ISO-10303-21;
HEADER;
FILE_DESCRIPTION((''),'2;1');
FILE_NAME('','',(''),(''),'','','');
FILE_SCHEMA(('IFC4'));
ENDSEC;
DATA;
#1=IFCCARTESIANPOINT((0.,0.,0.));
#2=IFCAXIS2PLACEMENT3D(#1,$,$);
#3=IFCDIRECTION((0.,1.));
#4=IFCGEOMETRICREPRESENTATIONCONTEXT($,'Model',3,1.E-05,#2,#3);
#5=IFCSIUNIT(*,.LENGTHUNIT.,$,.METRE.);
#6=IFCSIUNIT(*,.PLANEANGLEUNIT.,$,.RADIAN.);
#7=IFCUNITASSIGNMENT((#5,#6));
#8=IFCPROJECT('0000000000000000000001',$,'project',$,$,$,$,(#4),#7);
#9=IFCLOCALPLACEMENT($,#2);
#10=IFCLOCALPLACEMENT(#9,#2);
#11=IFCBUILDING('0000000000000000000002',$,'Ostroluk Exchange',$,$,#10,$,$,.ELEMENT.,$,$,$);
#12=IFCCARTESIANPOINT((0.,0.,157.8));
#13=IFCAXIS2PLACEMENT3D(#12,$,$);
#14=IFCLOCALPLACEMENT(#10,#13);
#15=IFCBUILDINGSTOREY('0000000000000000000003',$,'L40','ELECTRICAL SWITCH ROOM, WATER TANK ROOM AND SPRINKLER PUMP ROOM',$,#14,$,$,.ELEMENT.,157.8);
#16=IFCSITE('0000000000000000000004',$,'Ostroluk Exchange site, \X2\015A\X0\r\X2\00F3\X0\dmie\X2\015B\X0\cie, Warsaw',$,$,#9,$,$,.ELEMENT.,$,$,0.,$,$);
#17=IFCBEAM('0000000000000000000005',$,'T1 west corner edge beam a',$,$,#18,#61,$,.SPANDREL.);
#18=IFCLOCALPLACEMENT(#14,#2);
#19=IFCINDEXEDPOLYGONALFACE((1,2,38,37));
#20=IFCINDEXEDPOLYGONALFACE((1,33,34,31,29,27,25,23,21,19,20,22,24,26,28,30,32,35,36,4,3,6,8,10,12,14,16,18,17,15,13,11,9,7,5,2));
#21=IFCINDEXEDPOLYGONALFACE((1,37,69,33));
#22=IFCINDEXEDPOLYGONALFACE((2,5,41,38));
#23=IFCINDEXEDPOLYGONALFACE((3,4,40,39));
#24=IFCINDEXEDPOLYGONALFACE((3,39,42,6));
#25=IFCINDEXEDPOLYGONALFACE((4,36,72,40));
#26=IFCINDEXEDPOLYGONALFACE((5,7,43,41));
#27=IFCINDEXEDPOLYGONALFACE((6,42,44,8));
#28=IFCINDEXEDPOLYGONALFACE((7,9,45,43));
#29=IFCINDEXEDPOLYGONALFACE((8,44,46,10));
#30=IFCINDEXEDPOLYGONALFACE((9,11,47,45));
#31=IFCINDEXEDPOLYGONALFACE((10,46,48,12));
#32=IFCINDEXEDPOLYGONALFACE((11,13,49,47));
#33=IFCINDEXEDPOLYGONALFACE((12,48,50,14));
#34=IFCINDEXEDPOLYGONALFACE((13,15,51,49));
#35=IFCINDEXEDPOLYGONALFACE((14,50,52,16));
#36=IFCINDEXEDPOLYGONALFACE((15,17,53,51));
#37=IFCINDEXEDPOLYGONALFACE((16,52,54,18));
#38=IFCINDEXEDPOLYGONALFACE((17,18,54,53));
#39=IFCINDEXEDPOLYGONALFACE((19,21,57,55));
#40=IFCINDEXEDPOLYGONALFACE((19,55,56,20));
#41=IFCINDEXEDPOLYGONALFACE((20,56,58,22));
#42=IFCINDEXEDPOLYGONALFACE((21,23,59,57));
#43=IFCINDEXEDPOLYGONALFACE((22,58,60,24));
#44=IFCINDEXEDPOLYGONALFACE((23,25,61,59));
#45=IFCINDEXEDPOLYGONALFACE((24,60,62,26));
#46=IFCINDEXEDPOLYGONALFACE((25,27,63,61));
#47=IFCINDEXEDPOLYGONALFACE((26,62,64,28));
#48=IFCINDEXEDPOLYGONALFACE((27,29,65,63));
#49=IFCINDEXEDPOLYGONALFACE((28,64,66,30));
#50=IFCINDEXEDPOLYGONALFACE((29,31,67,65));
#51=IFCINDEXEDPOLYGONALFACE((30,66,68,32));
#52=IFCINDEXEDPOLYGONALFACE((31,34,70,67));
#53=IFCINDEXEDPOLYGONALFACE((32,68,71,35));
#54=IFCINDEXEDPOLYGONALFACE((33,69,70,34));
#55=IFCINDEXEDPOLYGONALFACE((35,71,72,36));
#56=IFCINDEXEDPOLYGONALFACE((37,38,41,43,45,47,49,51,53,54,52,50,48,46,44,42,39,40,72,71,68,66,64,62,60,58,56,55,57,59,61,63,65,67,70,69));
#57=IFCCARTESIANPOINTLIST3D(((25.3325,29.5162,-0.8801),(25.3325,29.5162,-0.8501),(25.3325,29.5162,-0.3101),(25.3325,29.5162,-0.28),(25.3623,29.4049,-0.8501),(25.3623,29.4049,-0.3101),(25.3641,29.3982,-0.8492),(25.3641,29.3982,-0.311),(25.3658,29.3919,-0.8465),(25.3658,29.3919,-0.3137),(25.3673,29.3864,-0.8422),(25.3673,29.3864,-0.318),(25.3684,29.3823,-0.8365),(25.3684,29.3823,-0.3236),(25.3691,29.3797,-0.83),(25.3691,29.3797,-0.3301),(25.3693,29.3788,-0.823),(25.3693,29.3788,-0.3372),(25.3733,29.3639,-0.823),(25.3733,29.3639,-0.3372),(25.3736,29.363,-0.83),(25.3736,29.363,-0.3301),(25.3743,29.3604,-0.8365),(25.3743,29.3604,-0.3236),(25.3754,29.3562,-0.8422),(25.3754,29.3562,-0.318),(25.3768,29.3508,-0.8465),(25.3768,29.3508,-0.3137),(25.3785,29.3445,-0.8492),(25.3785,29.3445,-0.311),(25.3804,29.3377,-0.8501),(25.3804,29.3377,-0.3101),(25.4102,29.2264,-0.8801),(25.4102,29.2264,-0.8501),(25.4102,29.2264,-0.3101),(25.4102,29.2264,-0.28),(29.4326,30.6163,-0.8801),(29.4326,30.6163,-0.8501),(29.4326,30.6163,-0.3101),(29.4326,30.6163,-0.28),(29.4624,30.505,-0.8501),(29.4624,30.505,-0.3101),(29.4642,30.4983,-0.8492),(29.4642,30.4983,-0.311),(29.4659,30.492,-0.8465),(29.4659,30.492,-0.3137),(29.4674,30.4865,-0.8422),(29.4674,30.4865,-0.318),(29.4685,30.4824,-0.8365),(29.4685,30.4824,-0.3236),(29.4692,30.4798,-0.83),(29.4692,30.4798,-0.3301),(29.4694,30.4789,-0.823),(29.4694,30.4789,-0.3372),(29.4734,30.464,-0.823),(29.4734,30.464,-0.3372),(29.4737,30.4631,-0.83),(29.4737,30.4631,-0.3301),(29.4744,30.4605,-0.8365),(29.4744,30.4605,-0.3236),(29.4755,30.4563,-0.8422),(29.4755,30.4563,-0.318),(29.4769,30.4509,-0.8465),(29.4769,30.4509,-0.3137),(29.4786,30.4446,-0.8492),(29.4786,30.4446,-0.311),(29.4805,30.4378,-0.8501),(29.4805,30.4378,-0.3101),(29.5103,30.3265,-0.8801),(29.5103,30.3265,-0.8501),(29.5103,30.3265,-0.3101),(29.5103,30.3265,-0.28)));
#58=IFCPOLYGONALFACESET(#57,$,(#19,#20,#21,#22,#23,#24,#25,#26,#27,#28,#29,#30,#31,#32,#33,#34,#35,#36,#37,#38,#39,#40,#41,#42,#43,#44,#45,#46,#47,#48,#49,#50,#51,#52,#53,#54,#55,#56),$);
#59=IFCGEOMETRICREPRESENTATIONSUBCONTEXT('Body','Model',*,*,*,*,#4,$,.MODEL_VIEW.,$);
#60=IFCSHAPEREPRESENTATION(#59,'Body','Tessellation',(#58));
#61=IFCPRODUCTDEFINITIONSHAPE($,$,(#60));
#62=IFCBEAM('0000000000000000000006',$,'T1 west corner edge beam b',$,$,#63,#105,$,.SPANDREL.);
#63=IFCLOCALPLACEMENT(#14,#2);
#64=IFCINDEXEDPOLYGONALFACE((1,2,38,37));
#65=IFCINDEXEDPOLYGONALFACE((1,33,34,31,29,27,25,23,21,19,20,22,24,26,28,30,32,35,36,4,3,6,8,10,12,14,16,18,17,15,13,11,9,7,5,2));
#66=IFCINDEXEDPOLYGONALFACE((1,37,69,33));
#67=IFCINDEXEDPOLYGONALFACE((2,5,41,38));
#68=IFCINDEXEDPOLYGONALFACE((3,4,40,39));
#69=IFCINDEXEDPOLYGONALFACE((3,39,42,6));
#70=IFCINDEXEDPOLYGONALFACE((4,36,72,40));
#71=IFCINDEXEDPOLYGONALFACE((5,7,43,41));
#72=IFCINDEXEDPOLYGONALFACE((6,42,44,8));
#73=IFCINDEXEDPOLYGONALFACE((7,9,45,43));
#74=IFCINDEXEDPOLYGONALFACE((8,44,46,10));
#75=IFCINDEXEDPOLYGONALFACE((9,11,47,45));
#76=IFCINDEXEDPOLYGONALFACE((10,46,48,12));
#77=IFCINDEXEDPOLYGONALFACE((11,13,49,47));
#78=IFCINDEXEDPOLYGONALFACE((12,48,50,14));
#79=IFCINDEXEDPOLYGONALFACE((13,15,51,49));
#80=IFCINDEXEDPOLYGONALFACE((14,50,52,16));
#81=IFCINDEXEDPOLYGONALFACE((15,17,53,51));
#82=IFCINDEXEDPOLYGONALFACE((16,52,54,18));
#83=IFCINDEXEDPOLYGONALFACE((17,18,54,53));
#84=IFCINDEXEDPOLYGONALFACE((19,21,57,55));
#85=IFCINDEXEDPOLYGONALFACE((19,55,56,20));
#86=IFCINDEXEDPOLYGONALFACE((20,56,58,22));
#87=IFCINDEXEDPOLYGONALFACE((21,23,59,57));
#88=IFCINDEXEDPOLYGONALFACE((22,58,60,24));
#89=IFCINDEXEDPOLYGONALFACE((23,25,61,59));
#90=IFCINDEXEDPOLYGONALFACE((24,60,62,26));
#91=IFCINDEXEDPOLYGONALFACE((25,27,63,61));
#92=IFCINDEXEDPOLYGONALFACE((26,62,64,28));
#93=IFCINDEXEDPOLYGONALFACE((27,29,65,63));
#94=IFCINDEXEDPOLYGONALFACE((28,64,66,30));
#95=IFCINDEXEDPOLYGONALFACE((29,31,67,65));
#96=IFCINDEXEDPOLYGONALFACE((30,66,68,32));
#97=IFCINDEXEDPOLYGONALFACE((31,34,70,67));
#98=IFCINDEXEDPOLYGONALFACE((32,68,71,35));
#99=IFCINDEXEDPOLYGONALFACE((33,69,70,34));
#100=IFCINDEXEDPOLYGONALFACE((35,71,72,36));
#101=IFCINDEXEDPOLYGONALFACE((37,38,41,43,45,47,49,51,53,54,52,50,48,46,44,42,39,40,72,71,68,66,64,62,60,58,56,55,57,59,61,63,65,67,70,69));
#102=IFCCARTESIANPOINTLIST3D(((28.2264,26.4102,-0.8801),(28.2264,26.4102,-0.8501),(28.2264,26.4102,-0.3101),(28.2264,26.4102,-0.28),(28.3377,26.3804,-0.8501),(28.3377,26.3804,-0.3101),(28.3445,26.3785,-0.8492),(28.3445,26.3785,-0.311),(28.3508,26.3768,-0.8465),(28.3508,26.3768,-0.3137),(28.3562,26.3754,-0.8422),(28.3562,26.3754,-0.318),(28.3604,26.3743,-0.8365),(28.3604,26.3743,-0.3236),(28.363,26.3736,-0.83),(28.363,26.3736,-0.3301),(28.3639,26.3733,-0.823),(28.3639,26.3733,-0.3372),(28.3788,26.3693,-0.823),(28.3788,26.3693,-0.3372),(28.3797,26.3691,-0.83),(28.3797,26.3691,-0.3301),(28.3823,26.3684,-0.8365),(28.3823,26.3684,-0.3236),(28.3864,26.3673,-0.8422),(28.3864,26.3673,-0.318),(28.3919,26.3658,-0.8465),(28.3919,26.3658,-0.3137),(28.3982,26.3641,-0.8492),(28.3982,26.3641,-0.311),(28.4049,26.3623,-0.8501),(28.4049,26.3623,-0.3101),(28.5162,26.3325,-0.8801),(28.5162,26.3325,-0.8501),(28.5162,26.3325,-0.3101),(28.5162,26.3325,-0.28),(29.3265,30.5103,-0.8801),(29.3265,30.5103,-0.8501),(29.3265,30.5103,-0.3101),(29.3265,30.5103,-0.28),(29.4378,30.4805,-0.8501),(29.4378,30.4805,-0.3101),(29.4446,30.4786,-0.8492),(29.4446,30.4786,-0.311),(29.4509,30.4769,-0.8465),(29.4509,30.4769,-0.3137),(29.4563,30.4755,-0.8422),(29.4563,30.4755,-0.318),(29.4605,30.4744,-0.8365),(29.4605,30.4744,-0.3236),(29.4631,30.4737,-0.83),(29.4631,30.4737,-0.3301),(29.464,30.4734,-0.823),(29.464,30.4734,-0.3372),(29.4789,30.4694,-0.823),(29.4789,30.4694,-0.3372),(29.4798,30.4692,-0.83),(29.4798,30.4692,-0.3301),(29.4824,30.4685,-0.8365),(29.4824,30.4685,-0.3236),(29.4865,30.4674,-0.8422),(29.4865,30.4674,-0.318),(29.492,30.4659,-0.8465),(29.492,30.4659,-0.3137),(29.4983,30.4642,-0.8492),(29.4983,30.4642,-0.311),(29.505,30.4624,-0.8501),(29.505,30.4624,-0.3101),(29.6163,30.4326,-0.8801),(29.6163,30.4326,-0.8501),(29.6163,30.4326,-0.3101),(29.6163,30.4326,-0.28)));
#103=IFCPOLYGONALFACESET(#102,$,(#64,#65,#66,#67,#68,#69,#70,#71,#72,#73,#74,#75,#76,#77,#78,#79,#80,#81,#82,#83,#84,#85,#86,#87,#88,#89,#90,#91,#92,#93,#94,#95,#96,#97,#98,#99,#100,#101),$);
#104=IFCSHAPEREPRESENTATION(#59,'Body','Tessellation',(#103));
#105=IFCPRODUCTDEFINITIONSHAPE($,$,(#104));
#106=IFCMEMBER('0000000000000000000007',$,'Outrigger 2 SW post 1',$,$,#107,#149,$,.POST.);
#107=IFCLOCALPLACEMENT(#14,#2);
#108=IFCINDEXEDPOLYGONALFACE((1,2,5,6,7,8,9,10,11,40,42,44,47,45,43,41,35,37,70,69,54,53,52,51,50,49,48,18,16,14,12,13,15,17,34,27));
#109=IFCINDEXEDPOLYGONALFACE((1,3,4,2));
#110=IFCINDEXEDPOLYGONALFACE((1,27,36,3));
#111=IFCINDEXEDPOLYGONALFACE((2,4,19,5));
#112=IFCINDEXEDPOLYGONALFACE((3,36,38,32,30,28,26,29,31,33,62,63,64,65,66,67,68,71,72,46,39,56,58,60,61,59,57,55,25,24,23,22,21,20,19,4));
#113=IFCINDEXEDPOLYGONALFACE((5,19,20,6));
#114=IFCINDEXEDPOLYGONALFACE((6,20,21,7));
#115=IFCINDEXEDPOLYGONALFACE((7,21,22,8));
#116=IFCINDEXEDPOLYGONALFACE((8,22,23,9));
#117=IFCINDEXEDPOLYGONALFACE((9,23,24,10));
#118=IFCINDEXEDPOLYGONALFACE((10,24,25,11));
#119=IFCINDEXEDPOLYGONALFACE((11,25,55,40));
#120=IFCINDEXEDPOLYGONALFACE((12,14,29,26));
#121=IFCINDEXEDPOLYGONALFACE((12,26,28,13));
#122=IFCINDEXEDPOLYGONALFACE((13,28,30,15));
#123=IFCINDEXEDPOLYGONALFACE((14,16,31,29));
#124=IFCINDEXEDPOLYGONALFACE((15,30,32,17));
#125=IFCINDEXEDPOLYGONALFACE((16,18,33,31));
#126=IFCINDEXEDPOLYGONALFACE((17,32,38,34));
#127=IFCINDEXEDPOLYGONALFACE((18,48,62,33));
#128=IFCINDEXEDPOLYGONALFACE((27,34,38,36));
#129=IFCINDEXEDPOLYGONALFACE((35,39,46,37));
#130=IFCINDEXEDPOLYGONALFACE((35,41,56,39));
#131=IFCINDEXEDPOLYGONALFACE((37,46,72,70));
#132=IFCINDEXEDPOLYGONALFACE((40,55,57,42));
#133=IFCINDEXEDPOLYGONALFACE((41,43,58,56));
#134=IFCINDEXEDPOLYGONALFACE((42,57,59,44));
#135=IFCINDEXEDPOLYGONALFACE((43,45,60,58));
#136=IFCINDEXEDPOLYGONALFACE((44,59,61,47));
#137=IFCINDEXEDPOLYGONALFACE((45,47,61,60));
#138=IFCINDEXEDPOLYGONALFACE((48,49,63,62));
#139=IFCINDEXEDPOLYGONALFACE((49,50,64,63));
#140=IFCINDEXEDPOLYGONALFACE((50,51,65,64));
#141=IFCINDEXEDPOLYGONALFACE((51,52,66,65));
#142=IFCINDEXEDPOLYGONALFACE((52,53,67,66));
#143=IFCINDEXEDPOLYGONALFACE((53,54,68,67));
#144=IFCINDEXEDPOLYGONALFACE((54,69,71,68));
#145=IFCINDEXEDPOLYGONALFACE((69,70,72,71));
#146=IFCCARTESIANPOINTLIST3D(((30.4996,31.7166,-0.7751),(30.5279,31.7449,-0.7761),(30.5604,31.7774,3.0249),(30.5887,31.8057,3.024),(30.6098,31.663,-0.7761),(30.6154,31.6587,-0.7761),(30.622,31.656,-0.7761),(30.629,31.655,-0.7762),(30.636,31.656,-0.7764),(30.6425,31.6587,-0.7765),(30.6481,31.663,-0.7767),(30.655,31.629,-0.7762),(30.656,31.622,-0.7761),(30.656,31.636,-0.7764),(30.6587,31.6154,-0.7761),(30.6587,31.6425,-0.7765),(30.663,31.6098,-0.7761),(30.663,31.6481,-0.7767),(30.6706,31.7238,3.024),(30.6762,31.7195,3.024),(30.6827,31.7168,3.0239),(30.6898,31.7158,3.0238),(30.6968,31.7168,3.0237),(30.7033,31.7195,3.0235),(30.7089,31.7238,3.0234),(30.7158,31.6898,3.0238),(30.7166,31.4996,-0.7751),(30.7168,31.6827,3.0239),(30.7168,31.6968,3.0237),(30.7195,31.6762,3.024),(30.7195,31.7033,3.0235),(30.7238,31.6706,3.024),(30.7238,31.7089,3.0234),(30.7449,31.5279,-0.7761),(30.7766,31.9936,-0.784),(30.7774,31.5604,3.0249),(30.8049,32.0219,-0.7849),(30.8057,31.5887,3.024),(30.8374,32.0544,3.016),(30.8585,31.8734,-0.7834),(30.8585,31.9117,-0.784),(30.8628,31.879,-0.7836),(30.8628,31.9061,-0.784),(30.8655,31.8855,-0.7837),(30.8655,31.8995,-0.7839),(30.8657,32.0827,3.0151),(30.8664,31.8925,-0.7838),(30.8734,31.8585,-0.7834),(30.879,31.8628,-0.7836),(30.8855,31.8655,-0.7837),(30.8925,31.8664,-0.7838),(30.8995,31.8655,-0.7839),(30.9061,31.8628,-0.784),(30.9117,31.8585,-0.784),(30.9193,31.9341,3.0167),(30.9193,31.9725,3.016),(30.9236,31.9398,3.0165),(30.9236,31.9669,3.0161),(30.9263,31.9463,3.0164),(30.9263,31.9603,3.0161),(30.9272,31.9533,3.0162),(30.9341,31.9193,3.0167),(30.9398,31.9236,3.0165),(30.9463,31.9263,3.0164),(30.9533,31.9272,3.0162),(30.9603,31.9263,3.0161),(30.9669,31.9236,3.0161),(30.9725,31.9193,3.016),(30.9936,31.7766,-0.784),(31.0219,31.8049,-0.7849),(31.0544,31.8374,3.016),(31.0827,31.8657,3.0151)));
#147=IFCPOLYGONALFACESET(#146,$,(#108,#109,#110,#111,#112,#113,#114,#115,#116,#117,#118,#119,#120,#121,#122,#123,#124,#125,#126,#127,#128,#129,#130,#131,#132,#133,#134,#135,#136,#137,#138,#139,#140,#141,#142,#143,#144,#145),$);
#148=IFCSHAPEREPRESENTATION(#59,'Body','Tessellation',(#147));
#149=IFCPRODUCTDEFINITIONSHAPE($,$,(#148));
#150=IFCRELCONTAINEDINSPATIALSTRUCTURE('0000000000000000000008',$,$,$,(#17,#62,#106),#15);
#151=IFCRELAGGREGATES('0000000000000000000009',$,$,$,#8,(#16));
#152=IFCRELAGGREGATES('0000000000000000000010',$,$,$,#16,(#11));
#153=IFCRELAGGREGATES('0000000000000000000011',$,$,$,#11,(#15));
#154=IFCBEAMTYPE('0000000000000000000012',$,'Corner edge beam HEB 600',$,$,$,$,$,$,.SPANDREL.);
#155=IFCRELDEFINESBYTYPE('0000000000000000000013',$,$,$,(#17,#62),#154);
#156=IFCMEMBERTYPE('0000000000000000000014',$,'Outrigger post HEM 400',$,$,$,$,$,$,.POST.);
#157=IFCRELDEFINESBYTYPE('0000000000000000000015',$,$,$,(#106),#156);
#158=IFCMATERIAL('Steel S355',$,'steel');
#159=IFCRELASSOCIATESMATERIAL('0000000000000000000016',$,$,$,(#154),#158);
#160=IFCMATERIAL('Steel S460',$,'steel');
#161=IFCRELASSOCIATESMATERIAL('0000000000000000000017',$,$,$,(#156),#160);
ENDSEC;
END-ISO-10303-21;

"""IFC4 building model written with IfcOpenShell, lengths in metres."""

from ifc_helpers import new_model, si_unit, direction, frame, origin, origin_2d, place, context, subcontext, project, spatial, i_section, extrude, material, material_profile, profile_set, type_object, element, save


model = new_model("IFC4")

# Units and contexts
model_context = context("Model", 3, precision=1e-05, world=origin(), true_north=direction((0.0, 1.0)))
body_context = subcontext(model_context, "Body", "Model", "MODEL_VIEW")
ifc_project = project(units=[si_unit("LENGTHUNIT", "METRE"), si_unit("PLANEANGLEUNIT", "RADIAN")], contexts=[model_context])

# Site, building, storey
site_placement = place(None, origin())
site = spatial("IfcSite", under=ifc_project, at=site_placement, Name="Ostroluk Exchange site, Śródmieście, Warsaw", CompositionType="ELEMENT", RefElevation=0.0)
building_placement = place(site_placement, origin())
building = spatial("IfcBuilding", under=site, at=building_placement, Name="Ostroluk Exchange", CompositionType="ELEMENT")
storey_placement = place(building_placement, frame((0.0, 0.0, 157.8)))
storey = spatial("IfcBuildingStorey", under=building, at=storey_placement, Name="L40", Description="ELECTRICAL SWITCH ROOM, WATER TANK ROOM AND SPRINKLER PUMP ROOM", CompositionType="ELEMENT", Elevation=157.8)

# Beams
ifc_material_1 = material(Name="Steel S355", Category="steel")
ifc_material_profile_1 = material_profile(ifc_material_1, i_section(OverallWidth=0.3, OverallDepth=0.6001, WebThickness=0.0154, FlangeThickness=0.03, FilletRadius=0.0271, at=origin_2d()), Name="HEB 600")
ifc_profile_set_1 = profile_set([ifc_material_profile_1], Name="Steel S355")
beam_type_1 = type_object("IfcBeamType", Name="Corner edge beam HEB 600", PredefinedType="SPANDREL", material=ifc_profile_set_1)
for number, where, z_axis, x_axis, name in (
    (1, (29.4714, 30.4714, -0.5801), (-0.965839, -0.259144, 0.0), (0.259144, -0.965839, 0.0), "T1 west corner edge beam a"),
    (2, (29.4714, 30.4714, -0.5801), (-0.259144, -0.965839, 0.0), (0.965839, -0.259144, 0.0), "T1 west corner edge beam b"),
):
    element("IfcBeam", number, at=place(storey_placement, frame(where, z_axis=z_axis, x_axis=x_axis)), inside=storey, type_object=beam_type_1, Name=name, PredefinedType="SPANDREL", context=body_context, shape_type="SweptSolid", body=[
        extrude(i_section(OverallWidth=0.3, OverallDepth=0.6001, WebThickness=0.0154, FlangeThickness=0.03, FilletRadius=0.0271, at=origin_2d()), origin(), (0.0, 0.0, 1.0), 4.2451),
    ])

# Member
ifc_material_2 = material(Name="Steel S460", Category="steel")
ifc_material_profile_2 = material_profile(ifc_material_2, i_section(OverallWidth=0.3069, OverallDepth=0.4319, WebThickness=0.021, FlangeThickness=0.04, FilletRadius=0.0271, at=origin_2d()), Name="HEM 400")
ifc_profile_set_2 = profile_set([ifc_material_profile_2], Name="Steel S460")
member_type_1 = type_object("IfcMemberType", Name="Outrigger post HEM 400", PredefinedType="POST", material=ifc_profile_set_2)
member_1_placement = place(storey_placement, frame((30.7607, 31.7607, -0.78), z_axis=(0.015993, 0.015993, 0.999744), x_axis=(-0.707107, 0.707107, 0.0)))
element("IfcMember", 3, at=member_1_placement, inside=storey, type_object=member_type_1, Name="Outrigger 2 SW post 1", PredefinedType="POST", context=body_context, shape_type="SweptSolid", body=[
    extrude(i_section(OverallWidth=0.3069, OverallDepth=0.4319, WebThickness=0.021, FlangeThickness=0.04, FilletRadius=0.0271, at=origin_2d()), origin(), (0.0, 0.0, 1.0), 3.801),
])

save(model, "model.ifc")
